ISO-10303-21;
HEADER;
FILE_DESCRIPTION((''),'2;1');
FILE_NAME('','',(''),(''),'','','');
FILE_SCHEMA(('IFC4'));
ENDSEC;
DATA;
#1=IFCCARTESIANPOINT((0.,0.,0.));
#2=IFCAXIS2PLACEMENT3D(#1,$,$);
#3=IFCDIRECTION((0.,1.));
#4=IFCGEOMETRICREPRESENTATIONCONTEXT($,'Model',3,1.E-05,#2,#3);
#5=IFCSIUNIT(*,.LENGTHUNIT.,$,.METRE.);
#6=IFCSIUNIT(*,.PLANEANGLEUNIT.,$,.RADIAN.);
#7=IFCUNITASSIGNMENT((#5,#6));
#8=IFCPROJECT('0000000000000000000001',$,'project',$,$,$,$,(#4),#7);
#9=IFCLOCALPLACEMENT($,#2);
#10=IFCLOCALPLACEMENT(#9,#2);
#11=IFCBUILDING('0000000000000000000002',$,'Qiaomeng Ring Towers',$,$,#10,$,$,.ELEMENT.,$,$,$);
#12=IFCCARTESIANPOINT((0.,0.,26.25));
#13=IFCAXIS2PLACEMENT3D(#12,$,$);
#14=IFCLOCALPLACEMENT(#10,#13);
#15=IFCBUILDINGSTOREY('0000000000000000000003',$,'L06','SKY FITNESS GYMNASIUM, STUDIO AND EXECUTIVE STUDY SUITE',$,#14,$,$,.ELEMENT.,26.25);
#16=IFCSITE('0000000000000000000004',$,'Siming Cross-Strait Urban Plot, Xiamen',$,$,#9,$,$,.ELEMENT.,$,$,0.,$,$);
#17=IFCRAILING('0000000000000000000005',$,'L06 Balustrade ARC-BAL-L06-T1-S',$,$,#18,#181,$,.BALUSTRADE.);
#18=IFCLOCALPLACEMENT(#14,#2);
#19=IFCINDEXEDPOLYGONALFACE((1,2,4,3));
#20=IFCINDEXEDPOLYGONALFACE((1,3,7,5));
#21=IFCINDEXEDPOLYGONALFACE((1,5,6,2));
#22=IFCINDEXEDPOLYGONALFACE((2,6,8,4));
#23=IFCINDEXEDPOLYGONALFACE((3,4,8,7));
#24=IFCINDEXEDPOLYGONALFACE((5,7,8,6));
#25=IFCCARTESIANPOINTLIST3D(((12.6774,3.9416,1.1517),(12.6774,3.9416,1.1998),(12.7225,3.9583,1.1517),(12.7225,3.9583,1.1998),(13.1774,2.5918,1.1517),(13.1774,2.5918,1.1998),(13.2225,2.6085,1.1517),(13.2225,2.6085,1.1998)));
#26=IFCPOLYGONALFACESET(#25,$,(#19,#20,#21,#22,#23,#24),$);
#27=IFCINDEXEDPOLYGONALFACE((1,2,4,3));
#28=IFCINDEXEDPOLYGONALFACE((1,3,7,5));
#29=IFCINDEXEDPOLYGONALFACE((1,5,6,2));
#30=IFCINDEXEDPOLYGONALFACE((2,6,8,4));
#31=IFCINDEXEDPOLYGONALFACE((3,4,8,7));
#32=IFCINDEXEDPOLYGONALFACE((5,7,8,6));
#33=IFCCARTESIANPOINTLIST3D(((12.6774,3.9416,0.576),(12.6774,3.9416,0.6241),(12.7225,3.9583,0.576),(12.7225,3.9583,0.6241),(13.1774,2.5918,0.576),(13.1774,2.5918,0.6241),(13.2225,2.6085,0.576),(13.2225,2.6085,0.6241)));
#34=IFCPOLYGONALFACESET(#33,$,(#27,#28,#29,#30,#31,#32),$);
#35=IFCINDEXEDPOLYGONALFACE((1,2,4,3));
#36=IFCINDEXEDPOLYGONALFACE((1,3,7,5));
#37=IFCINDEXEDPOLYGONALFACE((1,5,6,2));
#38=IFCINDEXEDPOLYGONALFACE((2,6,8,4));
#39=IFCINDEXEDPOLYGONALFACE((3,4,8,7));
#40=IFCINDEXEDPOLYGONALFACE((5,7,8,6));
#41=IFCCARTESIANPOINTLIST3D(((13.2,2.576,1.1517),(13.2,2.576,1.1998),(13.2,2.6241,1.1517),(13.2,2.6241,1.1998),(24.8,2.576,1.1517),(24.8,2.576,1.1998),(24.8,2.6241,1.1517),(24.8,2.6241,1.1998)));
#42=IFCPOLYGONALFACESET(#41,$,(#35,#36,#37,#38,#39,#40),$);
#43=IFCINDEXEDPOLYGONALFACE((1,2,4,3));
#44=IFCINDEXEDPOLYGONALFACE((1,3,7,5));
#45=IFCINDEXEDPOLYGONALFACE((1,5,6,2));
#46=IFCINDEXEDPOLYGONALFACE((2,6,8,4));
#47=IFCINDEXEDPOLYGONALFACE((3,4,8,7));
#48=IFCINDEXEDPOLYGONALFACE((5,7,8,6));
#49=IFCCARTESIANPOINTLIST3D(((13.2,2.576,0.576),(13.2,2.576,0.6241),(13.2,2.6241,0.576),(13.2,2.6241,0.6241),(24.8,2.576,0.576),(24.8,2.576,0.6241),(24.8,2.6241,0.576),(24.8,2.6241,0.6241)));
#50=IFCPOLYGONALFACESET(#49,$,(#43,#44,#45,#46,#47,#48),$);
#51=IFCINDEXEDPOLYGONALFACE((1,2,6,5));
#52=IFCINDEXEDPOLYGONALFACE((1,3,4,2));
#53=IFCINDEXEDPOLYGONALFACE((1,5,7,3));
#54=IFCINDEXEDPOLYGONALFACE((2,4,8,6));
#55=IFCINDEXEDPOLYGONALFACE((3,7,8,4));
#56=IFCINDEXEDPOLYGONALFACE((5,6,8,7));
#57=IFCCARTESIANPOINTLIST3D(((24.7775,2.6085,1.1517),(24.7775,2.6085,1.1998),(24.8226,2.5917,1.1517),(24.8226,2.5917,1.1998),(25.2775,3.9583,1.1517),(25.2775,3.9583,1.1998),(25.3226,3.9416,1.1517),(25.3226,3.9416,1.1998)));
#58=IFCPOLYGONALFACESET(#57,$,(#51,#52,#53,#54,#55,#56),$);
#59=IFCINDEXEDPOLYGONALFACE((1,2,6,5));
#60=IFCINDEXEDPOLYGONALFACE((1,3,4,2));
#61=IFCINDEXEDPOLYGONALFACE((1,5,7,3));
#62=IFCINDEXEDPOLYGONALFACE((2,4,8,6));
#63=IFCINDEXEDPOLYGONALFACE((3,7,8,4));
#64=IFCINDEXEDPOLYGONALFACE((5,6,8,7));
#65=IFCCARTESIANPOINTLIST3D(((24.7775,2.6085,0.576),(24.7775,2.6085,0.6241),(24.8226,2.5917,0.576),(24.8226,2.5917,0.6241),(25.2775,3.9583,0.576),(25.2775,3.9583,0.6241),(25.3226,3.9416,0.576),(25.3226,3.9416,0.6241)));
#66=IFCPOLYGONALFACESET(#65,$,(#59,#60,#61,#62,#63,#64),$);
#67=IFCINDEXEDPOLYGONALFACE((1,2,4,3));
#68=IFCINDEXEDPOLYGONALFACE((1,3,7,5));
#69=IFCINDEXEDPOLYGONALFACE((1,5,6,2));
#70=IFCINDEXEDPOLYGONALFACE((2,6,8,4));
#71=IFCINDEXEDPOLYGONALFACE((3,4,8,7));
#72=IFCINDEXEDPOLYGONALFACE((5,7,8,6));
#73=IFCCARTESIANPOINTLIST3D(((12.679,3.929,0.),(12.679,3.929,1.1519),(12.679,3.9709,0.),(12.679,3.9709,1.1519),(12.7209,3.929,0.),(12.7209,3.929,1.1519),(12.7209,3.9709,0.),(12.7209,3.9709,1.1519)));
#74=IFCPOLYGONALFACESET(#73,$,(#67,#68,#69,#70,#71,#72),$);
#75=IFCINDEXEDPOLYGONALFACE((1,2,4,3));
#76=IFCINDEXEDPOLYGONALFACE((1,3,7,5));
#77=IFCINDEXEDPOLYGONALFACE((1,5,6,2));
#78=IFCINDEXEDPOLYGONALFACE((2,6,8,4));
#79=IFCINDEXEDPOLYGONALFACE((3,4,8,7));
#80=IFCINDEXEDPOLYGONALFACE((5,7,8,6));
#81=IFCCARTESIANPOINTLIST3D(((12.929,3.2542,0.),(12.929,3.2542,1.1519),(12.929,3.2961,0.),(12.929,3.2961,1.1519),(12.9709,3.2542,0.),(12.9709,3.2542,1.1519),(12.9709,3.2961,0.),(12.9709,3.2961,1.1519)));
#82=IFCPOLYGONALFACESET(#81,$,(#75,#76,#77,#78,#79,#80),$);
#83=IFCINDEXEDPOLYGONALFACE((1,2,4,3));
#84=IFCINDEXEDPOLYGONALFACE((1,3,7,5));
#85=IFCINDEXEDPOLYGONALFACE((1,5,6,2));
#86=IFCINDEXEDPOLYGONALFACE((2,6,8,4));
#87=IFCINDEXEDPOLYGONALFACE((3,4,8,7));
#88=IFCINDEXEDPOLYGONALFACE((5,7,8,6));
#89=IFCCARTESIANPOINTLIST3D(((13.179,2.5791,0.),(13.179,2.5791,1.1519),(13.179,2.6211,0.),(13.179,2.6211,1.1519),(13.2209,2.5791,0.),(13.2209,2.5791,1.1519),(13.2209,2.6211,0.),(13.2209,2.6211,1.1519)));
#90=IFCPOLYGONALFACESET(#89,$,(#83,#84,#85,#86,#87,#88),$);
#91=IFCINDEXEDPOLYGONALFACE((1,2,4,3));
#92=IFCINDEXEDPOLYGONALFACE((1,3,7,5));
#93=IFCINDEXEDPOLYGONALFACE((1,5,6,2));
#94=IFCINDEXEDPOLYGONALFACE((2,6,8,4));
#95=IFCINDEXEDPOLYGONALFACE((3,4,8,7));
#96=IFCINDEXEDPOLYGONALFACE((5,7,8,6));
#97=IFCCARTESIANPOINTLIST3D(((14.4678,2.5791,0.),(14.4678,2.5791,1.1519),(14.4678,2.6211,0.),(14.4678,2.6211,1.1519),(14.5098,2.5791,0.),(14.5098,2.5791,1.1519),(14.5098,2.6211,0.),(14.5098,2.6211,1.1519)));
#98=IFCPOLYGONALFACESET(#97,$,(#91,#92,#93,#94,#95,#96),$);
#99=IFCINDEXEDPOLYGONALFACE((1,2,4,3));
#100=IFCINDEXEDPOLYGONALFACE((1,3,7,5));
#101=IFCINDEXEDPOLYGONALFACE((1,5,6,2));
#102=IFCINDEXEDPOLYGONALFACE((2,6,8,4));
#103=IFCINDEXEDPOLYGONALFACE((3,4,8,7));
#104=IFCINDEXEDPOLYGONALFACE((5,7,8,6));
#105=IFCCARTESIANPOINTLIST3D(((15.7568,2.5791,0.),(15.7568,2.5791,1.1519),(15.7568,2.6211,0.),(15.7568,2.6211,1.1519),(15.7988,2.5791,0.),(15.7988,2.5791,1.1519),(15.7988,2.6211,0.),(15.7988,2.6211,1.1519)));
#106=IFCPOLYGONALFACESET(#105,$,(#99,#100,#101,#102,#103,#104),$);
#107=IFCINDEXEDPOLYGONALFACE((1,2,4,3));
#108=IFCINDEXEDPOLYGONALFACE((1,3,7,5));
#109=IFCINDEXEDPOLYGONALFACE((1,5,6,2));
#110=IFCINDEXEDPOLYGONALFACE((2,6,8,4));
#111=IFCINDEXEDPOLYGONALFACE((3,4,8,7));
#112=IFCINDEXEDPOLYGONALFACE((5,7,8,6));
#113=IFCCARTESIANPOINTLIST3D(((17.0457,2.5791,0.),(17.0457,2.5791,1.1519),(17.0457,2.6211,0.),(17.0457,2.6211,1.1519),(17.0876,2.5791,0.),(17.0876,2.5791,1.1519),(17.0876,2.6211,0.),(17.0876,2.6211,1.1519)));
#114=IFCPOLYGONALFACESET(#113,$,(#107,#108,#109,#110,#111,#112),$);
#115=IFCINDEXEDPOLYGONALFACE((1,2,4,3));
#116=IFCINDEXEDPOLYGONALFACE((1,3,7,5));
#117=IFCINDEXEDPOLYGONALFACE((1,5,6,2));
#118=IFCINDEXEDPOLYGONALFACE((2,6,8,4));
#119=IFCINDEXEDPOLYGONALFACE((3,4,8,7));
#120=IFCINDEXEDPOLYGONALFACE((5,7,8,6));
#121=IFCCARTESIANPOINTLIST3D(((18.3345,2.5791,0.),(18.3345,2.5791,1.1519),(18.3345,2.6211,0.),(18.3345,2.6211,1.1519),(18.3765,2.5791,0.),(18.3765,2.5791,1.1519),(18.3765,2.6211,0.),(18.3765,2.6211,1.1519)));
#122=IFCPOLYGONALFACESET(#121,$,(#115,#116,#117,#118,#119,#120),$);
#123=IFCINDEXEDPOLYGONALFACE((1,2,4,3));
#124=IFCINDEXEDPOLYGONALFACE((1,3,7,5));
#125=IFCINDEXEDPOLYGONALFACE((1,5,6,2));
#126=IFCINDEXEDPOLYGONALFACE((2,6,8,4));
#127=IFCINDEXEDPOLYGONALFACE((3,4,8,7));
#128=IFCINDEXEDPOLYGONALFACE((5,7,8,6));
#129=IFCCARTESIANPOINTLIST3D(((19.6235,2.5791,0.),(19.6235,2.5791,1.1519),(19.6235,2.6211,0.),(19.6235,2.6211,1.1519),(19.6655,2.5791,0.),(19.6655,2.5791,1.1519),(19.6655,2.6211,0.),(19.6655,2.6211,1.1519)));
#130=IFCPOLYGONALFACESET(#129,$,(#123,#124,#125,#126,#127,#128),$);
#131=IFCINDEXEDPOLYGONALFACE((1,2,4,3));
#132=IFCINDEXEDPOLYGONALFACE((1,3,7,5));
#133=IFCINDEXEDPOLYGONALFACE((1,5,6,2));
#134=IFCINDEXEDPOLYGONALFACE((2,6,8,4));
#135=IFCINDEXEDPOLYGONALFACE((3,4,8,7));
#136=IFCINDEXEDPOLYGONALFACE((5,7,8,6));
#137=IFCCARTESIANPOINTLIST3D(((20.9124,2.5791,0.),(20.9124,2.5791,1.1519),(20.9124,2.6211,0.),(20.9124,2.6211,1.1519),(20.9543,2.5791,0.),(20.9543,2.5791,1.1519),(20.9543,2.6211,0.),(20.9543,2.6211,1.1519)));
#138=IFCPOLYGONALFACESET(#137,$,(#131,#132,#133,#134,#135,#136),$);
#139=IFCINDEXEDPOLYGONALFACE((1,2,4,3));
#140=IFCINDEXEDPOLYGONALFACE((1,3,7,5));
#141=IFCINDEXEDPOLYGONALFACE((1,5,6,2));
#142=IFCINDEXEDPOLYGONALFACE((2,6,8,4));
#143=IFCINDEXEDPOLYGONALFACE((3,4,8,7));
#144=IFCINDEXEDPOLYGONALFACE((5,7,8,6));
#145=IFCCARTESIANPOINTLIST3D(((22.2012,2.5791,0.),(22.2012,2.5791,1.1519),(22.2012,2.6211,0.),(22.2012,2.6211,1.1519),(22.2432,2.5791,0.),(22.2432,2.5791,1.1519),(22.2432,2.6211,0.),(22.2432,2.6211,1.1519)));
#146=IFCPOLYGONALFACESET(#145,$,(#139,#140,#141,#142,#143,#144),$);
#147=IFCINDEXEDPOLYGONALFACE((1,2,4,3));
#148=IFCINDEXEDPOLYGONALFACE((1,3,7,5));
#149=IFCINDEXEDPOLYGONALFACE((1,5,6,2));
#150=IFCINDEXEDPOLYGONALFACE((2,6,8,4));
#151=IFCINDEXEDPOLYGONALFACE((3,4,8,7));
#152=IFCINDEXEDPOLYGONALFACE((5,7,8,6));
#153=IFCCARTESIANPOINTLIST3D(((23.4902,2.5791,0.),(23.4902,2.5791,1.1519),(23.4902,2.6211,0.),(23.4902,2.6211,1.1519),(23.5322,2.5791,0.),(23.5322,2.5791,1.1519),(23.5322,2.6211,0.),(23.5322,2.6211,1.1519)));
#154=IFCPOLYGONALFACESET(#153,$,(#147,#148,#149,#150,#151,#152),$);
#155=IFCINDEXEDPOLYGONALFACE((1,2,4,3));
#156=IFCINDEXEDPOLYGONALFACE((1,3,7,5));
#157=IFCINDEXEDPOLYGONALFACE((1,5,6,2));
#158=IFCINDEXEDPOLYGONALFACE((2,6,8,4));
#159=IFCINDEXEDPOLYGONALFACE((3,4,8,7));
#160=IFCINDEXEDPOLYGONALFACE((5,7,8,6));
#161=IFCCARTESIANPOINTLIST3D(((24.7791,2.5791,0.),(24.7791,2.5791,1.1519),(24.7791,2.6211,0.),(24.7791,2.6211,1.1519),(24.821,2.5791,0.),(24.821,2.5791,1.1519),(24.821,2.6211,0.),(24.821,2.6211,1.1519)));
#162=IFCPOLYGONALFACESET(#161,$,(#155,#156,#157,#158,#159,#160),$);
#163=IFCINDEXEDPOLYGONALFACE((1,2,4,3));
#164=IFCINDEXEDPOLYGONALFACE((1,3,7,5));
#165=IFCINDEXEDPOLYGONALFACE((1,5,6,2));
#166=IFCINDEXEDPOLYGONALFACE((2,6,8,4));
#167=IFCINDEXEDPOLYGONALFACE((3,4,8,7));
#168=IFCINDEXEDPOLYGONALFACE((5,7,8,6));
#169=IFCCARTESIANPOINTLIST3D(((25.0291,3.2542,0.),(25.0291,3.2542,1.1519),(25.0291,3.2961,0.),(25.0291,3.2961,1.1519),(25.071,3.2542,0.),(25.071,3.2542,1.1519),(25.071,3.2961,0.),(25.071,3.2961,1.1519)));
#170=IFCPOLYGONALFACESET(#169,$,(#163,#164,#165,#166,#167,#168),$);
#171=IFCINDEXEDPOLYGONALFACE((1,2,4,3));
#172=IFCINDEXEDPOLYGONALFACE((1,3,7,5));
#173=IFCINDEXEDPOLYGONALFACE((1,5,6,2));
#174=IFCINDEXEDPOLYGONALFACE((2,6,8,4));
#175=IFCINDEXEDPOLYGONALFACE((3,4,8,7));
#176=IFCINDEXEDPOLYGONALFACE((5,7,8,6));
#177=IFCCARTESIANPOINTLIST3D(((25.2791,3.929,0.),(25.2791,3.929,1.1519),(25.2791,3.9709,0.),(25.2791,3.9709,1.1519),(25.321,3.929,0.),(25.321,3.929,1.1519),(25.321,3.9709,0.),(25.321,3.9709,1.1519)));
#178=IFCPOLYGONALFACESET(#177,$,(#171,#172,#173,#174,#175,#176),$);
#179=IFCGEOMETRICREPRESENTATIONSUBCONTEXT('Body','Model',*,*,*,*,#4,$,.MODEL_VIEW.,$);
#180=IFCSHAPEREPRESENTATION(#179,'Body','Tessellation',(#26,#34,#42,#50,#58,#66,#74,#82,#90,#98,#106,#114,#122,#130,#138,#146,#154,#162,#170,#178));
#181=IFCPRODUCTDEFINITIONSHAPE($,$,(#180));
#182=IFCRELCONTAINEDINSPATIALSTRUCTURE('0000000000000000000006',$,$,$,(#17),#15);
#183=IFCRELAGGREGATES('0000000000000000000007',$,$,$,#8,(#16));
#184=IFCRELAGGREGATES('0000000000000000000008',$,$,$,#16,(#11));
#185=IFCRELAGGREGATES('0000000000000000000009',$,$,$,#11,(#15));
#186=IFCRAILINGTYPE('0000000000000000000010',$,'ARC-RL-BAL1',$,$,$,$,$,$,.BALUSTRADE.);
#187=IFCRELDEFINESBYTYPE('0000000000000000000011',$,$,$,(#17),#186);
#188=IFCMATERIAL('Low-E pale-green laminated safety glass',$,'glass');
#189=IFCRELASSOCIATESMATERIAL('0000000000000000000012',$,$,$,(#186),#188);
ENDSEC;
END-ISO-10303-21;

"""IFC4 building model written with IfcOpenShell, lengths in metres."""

from ifc_helpers import new_model, si_unit, direction, frame, origin, origin_2d, place, context, subcontext, project, spatial, rectangle, extrude, material, type_object, element, save


model = new_model("IFC4")

# Units and contexts
model_context = context("Model", 3, precision=1e-05, world=origin(), true_north=direction((0.0, 1.0)))
body_context = subcontext(model_context, "Body", "Model", "MODEL_VIEW")
ifc_project = project(units=[si_unit("LENGTHUNIT", "METRE"), si_unit("PLANEANGLEUNIT", "RADIAN")], contexts=[model_context])

# Site, building, storey
site_placement = place(None, origin())
site = spatial("IfcSite", under=ifc_project, at=site_placement, Name="Siming Cross-Strait Urban Plot, Xiamen", CompositionType="ELEMENT", RefElevation=0.0)
building_placement = place(site_placement, origin())
building = spatial("IfcBuilding", under=site, at=building_placement, Name="Qiaomeng Ring Towers", CompositionType="ELEMENT")
storey_placement = place(building_placement, frame((0.0, 0.0, 26.25)))
storey = spatial("IfcBuildingStorey", under=building, at=storey_placement, Name="L06", Description="SKY FITNESS GYMNASIUM, STUDIO AND EXECUTIVE STUDY SUITE", CompositionType="ELEMENT", Elevation=26.25)

# Railing
ifc_material_1 = material(Name="Low-E pale-green laminated safety glass", Category="glass")
railing_type = type_object("IfcRailingType", Name="ARC-RL-BAL1", PredefinedType="BALUSTRADE", material=ifc_material_1)
railing_placement = place(storey_placement, frame((12.7, 3.95, 0.0)))
element("IfcRailing", 1, at=railing_placement, inside=storey, type_object=railing_type, Name="L06 Balustrade ARC-BAL-L06-T1-S", PredefinedType="BALUSTRADE", context=body_context, shape_type="SweptSolid", body=[
    extrude(rectangle(XDim=0.0481, YDim=0.0481, at=origin_2d()), frame((0.0, 0.0, 1.1758), z_axis=(0.347347, -0.937736, 0.0), x_axis=(0.937736, 0.347347, 0.0)), (0.0, 0.0, 1.0), 1.4395),
    extrude(rectangle(XDim=0.0481, YDim=0.0481, at=origin_2d()), frame((0.0, 0.0, 0.6001), z_axis=(0.347347, -0.937736, 0.0), x_axis=(0.937736, 0.347347, 0.0)), (0.0, 0.0, 1.0), 1.4395),
    extrude(rectangle(XDim=0.0481, YDim=0.0481, at=origin_2d()), frame((0.5, -1.3499, 1.1758), z_axis=(1.0, 0.0, 0.0), x_axis=(0.0, 1.0, 0.0)), (0.0, 0.0, 1.0), 11.6001),
    extrude(rectangle(XDim=0.0481, YDim=0.0481, at=origin_2d()), frame((0.5, -1.3499, 0.6001), z_axis=(1.0, 0.0, 0.0), x_axis=(0.0, 1.0, 0.0)), (0.0, 0.0, 1.0), 11.6001),
    extrude(rectangle(XDim=0.0481, YDim=0.0481, at=origin_2d()), frame((12.1001, -1.3499, 1.1758), z_axis=(0.347347, 0.937736, 0.0), x_axis=(-0.937736, 0.347347, 0.0)), (0.0, 0.0, 1.0), 1.4395),
    extrude(rectangle(XDim=0.0481, YDim=0.0481, at=origin_2d()), frame((12.1001, -1.3499, 0.6001), z_axis=(0.347347, 0.937736, 0.0), x_axis=(-0.937736, 0.347347, 0.0)), (0.0, 0.0, 1.0), 1.4395),
    extrude(rectangle(XDim=0.042, YDim=0.042, at=origin_2d()), origin(), (0.0, 0.0, 1.0), 1.1519),
    extrude(rectangle(XDim=0.042, YDim=0.042, at=origin_2d()), frame((0.25, -0.6748, 0.0)), (0.0, 0.0, 1.0), 1.1519),
    extrude(rectangle(XDim=0.042, YDim=0.042, at=origin_2d()), frame((0.5, -1.3499, 0.0)), (0.0, 0.0, 1.0), 1.1519),
    extrude(rectangle(XDim=0.042, YDim=0.042, at=origin_2d()), frame((1.7888, -1.3499, 0.0)), (0.0, 0.0, 1.0), 1.1519),
    extrude(rectangle(XDim=0.042, YDim=0.042, at=origin_2d()), frame((3.0779, -1.3499, 0.0)), (0.0, 0.0, 1.0), 1.1519),
    extrude(rectangle(XDim=0.042, YDim=0.042, at=origin_2d()), frame((4.3667, -1.3499, 0.0)), (0.0, 0.0, 1.0), 1.1519),
    extrude(rectangle(XDim=0.042, YDim=0.042, at=origin_2d()), frame((5.6555, -1.3499, 0.0)), (0.0, 0.0, 1.0), 1.1519),
    extrude(rectangle(XDim=0.042, YDim=0.042, at=origin_2d()), frame((6.9446, -1.3499, 0.0)), (0.0, 0.0, 1.0), 1.1519),
    extrude(rectangle(XDim=0.042, YDim=0.042, at=origin_2d()), frame((8.2334, -1.3499, 0.0)), (0.0, 0.0, 1.0), 1.1519),
    extrude(rectangle(XDim=0.042, YDim=0.042, at=origin_2d()), frame((9.5222, -1.3499, 0.0)), (0.0, 0.0, 1.0), 1.1519),
    extrude(rectangle(XDim=0.042, YDim=0.042, at=origin_2d()), frame((10.8113, -1.3499, 0.0)), (0.0, 0.0, 1.0), 1.1519),
    extrude(rectangle(XDim=0.042, YDim=0.042, at=origin_2d()), frame((12.1001, -1.3499, 0.0)), (0.0, 0.0, 1.0), 1.1519),
    extrude(rectangle(XDim=0.042, YDim=0.042, at=origin_2d()), frame((12.3501, -0.6748, 0.0)), (0.0, 0.0, 1.0), 1.1519),
    extrude(rectangle(XDim=0.042, YDim=0.042, at=origin_2d()), frame((12.6001, 0.0, 0.0)), (0.0, 0.0, 1.0), 1.1519),
])

save(model, "model.ifc")
